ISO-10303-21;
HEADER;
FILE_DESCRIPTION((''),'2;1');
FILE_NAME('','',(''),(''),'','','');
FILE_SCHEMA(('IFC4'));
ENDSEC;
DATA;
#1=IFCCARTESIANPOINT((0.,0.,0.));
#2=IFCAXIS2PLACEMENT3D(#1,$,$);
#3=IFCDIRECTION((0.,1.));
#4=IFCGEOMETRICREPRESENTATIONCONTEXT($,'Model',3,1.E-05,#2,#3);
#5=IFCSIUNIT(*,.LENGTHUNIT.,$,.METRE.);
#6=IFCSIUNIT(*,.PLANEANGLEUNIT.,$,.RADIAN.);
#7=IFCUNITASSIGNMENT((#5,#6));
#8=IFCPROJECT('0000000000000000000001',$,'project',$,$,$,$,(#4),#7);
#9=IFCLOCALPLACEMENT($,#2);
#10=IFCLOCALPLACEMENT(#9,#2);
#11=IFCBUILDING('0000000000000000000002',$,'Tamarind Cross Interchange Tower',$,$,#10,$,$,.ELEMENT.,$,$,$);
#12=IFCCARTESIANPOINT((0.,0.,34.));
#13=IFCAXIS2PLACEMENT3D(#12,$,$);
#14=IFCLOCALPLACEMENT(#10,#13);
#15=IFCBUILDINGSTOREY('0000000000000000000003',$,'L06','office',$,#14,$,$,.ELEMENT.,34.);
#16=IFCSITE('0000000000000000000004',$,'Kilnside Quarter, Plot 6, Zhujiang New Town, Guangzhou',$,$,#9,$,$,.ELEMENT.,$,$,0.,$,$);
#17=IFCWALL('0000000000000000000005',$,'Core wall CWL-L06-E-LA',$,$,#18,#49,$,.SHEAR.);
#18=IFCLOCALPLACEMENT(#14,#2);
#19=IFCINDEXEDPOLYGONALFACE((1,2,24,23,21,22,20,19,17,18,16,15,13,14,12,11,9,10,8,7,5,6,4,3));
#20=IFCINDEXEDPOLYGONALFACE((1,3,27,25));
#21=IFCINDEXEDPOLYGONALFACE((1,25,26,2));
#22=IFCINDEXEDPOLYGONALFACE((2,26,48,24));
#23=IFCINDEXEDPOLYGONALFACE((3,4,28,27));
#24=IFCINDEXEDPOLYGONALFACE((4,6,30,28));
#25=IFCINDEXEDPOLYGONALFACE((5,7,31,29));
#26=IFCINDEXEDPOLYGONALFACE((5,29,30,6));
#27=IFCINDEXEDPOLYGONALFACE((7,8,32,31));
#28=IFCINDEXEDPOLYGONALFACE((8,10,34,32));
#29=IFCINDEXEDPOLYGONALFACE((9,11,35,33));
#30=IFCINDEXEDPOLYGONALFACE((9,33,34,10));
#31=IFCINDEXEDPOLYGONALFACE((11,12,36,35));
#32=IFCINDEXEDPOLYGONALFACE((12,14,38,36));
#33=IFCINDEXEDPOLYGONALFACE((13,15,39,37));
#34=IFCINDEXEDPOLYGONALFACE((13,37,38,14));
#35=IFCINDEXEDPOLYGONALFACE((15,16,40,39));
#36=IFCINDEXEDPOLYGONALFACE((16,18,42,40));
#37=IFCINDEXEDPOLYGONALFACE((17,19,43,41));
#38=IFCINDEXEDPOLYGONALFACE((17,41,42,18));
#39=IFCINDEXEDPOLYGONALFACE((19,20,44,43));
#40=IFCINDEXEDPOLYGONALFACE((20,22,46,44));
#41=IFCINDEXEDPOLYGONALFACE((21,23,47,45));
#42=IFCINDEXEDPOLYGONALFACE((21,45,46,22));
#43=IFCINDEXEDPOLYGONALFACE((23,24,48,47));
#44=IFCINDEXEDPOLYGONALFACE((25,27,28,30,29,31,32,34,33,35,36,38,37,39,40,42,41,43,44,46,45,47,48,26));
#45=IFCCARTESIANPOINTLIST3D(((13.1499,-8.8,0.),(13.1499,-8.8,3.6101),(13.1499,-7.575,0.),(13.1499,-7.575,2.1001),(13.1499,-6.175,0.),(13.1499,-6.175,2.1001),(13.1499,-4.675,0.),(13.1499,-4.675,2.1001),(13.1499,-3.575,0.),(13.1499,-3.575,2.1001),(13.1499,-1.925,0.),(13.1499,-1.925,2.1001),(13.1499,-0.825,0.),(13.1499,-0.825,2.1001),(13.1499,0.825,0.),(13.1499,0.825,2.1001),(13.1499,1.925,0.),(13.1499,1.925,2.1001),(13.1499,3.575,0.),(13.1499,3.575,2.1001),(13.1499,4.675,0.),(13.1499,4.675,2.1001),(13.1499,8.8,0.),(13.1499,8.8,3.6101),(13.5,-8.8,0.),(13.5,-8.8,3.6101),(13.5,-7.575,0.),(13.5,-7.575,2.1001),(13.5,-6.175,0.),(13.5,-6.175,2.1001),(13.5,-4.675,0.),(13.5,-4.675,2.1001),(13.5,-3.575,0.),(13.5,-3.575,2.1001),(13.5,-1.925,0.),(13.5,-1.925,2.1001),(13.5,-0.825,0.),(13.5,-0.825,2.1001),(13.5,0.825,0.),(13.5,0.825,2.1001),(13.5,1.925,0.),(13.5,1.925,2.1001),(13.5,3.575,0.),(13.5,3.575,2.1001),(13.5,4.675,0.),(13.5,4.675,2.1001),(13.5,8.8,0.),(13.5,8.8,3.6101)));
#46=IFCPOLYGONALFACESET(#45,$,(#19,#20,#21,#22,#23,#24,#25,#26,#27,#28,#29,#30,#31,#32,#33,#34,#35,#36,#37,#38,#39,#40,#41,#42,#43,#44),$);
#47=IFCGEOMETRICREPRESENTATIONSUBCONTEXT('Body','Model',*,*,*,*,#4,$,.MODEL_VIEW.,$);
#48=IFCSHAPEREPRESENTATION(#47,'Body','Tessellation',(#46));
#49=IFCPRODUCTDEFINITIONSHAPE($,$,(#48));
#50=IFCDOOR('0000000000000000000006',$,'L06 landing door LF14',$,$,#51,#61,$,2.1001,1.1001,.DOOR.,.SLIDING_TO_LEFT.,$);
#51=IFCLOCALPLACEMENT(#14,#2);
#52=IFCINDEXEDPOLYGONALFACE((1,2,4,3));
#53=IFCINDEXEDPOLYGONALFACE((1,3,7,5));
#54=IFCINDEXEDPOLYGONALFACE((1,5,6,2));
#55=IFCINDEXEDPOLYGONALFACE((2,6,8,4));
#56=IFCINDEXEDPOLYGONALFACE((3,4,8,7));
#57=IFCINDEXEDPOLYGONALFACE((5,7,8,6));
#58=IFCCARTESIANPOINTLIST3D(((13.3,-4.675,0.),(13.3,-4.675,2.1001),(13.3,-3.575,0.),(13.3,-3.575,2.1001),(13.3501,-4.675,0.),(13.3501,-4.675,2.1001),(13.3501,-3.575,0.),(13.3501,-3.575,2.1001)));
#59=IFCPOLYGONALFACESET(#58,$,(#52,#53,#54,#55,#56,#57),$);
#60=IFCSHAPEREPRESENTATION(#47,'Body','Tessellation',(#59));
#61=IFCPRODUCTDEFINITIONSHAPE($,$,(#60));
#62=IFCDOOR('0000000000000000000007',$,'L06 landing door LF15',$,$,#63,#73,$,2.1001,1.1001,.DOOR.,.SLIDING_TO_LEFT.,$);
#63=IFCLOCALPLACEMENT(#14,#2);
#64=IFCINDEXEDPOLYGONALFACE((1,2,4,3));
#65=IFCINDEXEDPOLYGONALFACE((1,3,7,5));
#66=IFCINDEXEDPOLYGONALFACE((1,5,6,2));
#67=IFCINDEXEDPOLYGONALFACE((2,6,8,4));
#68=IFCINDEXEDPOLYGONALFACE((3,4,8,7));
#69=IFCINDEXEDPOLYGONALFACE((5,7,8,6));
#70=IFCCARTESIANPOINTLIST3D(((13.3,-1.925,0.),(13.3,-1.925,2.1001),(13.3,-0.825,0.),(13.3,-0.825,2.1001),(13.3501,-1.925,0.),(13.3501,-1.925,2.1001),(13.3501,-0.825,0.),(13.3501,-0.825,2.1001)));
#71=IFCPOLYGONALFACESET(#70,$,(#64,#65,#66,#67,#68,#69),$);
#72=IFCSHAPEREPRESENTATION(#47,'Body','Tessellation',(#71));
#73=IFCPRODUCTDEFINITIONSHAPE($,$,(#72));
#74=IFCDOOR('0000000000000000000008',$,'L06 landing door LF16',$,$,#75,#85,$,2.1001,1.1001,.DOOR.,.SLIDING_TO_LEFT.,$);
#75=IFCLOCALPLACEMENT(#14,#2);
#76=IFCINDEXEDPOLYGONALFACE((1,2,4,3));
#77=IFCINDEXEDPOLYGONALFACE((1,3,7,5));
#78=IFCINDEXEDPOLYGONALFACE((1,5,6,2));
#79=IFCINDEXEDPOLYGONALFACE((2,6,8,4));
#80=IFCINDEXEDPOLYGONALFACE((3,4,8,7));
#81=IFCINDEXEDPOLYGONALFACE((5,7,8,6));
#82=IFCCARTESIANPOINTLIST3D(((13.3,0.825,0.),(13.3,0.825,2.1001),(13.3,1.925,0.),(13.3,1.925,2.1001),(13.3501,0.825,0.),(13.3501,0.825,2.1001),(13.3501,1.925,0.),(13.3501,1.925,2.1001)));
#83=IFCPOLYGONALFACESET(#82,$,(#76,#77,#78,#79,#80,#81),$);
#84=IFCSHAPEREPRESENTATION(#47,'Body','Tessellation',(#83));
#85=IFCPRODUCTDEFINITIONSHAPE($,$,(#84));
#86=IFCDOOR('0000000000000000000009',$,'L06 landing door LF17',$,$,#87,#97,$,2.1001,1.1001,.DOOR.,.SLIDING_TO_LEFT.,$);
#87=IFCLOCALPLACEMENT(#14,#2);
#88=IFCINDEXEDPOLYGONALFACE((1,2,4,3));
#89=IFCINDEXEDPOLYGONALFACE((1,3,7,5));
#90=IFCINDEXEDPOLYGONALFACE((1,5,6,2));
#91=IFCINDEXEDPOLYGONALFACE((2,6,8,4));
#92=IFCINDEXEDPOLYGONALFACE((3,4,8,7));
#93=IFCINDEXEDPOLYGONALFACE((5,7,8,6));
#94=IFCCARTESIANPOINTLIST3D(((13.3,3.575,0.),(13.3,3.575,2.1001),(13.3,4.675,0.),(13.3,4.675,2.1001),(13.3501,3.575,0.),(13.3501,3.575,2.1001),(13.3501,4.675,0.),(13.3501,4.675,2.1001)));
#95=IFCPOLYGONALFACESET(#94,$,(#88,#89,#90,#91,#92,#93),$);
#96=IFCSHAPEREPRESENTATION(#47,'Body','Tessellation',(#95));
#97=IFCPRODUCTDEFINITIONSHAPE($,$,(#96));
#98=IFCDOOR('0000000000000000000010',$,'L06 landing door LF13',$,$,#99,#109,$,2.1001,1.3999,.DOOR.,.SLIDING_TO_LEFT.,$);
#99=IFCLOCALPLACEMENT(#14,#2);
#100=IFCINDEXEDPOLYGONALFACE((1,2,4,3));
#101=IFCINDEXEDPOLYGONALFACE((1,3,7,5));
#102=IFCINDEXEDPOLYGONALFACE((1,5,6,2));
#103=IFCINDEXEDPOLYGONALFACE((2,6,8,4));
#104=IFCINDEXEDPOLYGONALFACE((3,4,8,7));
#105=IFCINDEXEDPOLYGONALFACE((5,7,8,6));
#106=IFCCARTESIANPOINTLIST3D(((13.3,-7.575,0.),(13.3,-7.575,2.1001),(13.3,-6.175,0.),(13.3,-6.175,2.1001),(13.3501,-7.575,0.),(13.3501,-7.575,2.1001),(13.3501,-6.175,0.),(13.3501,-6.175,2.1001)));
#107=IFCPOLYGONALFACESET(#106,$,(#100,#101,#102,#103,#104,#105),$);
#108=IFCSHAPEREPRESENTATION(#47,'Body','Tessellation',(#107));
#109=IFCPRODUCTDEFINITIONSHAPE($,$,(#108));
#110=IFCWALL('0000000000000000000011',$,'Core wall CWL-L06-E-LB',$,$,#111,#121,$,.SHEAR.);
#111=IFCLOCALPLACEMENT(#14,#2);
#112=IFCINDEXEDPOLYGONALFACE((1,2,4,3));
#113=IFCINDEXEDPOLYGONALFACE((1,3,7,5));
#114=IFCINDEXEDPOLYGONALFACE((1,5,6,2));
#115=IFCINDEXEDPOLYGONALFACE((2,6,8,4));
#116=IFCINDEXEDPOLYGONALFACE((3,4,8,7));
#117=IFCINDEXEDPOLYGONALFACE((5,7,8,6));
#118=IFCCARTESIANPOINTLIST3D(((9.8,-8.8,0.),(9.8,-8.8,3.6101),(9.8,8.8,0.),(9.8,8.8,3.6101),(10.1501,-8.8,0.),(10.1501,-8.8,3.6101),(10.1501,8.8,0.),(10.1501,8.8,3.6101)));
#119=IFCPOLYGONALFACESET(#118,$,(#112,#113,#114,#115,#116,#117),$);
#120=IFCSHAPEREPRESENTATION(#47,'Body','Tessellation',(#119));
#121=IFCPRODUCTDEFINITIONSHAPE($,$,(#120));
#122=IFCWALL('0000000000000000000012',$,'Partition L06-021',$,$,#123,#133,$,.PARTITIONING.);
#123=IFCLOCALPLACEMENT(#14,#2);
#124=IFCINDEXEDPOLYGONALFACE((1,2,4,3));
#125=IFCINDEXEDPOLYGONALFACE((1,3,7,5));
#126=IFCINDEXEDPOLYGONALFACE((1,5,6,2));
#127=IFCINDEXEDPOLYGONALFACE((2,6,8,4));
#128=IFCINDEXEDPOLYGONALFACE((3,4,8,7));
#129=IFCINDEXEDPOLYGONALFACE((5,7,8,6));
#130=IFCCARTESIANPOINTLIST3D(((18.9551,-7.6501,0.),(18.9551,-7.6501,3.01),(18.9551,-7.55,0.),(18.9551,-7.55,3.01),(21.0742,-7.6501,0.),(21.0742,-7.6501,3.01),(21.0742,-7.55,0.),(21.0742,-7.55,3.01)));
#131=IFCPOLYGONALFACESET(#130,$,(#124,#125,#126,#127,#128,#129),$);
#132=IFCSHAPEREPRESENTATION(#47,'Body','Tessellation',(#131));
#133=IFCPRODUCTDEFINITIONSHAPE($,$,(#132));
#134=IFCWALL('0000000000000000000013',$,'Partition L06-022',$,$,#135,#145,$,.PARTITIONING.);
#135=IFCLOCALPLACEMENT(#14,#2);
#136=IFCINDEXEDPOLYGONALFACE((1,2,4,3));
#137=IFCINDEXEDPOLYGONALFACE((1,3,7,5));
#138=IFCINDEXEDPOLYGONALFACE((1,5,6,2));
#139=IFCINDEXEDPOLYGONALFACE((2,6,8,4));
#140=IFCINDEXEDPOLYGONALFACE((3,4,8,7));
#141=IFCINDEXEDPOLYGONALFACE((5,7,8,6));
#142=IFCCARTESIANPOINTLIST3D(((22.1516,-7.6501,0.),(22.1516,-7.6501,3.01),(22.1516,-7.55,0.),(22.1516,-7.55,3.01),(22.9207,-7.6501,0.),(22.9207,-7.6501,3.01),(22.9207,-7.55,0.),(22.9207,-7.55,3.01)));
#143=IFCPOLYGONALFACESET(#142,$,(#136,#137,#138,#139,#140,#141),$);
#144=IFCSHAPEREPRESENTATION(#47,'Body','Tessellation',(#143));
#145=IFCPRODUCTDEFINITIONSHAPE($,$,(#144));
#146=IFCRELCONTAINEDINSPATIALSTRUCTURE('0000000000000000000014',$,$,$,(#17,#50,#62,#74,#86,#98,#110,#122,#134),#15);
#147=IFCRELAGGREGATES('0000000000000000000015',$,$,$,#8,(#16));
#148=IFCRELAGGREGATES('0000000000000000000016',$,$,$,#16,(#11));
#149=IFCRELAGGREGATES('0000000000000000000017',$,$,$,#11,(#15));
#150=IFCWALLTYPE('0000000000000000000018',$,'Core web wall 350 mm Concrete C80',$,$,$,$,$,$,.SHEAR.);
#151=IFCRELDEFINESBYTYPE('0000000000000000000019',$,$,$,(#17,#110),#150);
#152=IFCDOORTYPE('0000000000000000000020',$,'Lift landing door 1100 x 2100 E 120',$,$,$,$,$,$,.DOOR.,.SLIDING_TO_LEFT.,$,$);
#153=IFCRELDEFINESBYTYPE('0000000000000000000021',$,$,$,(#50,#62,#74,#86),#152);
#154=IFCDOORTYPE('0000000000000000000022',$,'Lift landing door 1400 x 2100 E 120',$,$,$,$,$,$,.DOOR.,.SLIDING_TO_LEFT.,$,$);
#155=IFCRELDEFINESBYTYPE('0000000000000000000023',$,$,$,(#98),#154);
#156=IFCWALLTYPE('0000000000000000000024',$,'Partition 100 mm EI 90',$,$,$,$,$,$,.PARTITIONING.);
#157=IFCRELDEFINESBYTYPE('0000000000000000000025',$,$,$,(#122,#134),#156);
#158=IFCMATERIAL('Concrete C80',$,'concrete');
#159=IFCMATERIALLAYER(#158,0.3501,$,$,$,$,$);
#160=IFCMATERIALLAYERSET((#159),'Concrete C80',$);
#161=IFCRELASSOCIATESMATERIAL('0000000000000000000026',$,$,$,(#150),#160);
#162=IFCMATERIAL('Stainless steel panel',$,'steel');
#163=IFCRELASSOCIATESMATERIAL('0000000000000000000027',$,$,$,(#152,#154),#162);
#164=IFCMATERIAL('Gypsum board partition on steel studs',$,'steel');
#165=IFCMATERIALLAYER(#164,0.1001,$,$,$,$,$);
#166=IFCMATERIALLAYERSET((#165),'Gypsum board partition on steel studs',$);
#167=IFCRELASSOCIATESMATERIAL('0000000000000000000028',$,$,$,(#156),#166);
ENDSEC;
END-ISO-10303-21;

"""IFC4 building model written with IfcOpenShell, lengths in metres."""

from ifc_helpers import new_model, si_unit, direction, frame, frame_2d, origin, place, context, subcontext, project, spatial, rectangle, extrude, material, layer, layer_set, type_object, element, fill, save


model = new_model("IFC4")

# Units and contexts
model_context = context("Model", 3, precision=1e-05, world=origin(), true_north=direction((0.0, 1.0)))
body_context = subcontext(model_context, "Body", "Model", "MODEL_VIEW")
ifc_project = project(units=[si_unit("LENGTHUNIT", "METRE"), si_unit("PLANEANGLEUNIT", "RADIAN")], contexts=[model_context])

# Site, building, storey
site_placement = place(None, origin())
site = spatial("IfcSite", under=ifc_project, at=site_placement, Name="Kilnside Quarter, Plot 6, Zhujiang New Town, Guangzhou", CompositionType="ELEMENT", RefElevation=0.0)
building_placement = place(site_placement, origin())
building = spatial("IfcBuilding", under=site, at=building_placement, Name="Tamarind Cross Interchange Tower", CompositionType="ELEMENT")
storey_placement = place(building_placement, frame((0.0, 0.0, 34.0)))
storey = spatial("IfcBuildingStorey", under=building, at=storey_placement, Name="L06", Description="office", CompositionType="ELEMENT", Elevation=34.0)

# Wall, openings, doors
ifc_material_1 = material(Name="Concrete C80", Category="concrete")
ifc_layer_1 = layer(ifc_material_1, 0.3501)
ifc_layer_set_1 = layer_set([ifc_layer_1], Name="Concrete C80")
wall_type_1 = type_object("IfcWallType", Name="Core web wall 350 mm Concrete C80", PredefinedType="SHEAR", material=ifc_layer_set_1)
wall_1_placement = place(storey_placement, frame((13.325, -8.8, 0.0), z_axis=(0.0, 0.0, 1.0), x_axis=(0.0, 1.0, 0.0)))
wall_1 = element("IfcWall", 1, at=wall_1_placement, inside=storey, type_object=wall_type_1, Name="Core wall CWL-L06-E-LA", PredefinedType="SHEAR", context=body_context, shape_type="SweptSolid", body=[
    extrude(rectangle(XDim=17.6001, YDim=0.3501, at=frame_2d((8.8, 0.0))), origin(), (0.0, 0.0, 1.0), 3.6101),
])
opening_1_placement = place(wall_1_placement, frame((1.2251, 0.0, 0.0)))
opening_1 = element("IfcOpeningElement", 2, at=opening_1_placement, cuts=wall_1, PredefinedType="OPENING", context=body_context, shape_type="SweptSolid", body=[
    extrude(rectangle(XDim=1.3999, YDim=2.1001, at=frame_2d((0.7, 1.05))), frame((0.0, 0.1851, 0.0), z_axis=(0.0, -1.0, 0.0), x_axis=(1.0, 0.0, 0.0)), (0.0, 0.0, 1.0), 0.3701),
])
opening_2_placement = place(wall_1_placement, frame((4.125, 0.0, 0.0)))
opening_2 = element("IfcOpeningElement", 3, at=opening_2_placement, cuts=wall_1, PredefinedType="OPENING", context=body_context, shape_type="SweptSolid", body=[
    extrude(rectangle(XDim=1.1001, YDim=2.1001, at=frame_2d((0.55, 1.05))), frame((0.0, 0.1851, 0.0), z_axis=(0.0, -1.0, 0.0), x_axis=(1.0, 0.0, 0.0)), (0.0, 0.0, 1.0), 0.3701),
])
opening_3_placement = place(wall_1_placement, frame((6.875, 0.0, 0.0)))
opening_3 = element("IfcOpeningElement", 4, at=opening_3_placement, cuts=wall_1, PredefinedType="OPENING", context=body_context, shape_type="SweptSolid", body=[
    extrude(rectangle(XDim=1.1001, YDim=2.1001, at=frame_2d((0.55, 1.05))), frame((0.0, 0.1851, 0.0), z_axis=(0.0, -1.0, 0.0), x_axis=(1.0, 0.0, 0.0)), (0.0, 0.0, 1.0), 0.3701),
])
opening_4_placement = place(wall_1_placement, frame((9.625, 0.0, 0.0)))
opening_4 = element("IfcOpeningElement", 5, at=opening_4_placement, cuts=wall_1, PredefinedType="OPENING", context=body_context, shape_type="SweptSolid", body=[
    extrude(rectangle(XDim=1.1001, YDim=2.1001, at=frame_2d((0.55, 1.05))), frame((0.0, 0.1851, 0.0), z_axis=(0.0, -1.0, 0.0), x_axis=(1.0, 0.0, 0.0)), (0.0, 0.0, 1.0), 0.3701),
])
opening_5_placement = place(wall_1_placement, frame((12.375, 0.0, 0.0)))
opening_5 = element("IfcOpeningElement", 6, at=opening_5_placement, cuts=wall_1, PredefinedType="OPENING", context=body_context, shape_type="SweptSolid", body=[
    extrude(rectangle(XDim=1.1001, YDim=2.1001, at=frame_2d((0.55, 1.05))), frame((0.0, 0.1851, 0.0), z_axis=(0.0, -1.0, 0.0), x_axis=(1.0, 0.0, 0.0)), (0.0, 0.0, 1.0), 0.3701),
])
ifc_material_2 = material(Name="Stainless steel panel", Category="steel")
door_type_1 = type_object("IfcDoorType", Name="Lift landing door 1100 x 2100 E 120", OperationType="SLIDING_TO_LEFT", PredefinedType="DOOR", material=ifc_material_2)
door_1_placement = place(opening_2_placement, origin())
door_1 = element("IfcDoor", 7, at=door_1_placement, inside=storey, type_object=door_type_1, Name="L06 landing door LF14", OperationType="SLIDING_TO_LEFT", OverallHeight=2.1001, OverallWidth=1.1001, PredefinedType="DOOR", context=body_context, shape_type="SweptSolid", body=[
    extrude(rectangle(XDim=1.1001, YDim=2.1001, at=frame_2d((0.55, 1.05))), frame((0.0, 0.0249, 0.0), z_axis=(0.0, -1.0, 0.0), x_axis=(1.0, 0.0, 0.0)), (0.0, 0.0, 1.0), 0.05),
])
fill(opening_2, door_1)
door_2_placement = place(opening_3_placement, origin())
door_2 = element("IfcDoor", 8, at=door_2_placement, inside=storey, type_object=door_type_1, Name="L06 landing door LF15", OperationType="SLIDING_TO_LEFT", OverallHeight=2.1001, OverallWidth=1.1001, PredefinedType="DOOR", context=body_context, shape_type="SweptSolid", body=[
    extrude(rectangle(XDim=1.1001, YDim=2.1001, at=frame_2d((0.55, 1.05))), frame((0.0, 0.0249, 0.0), z_axis=(0.0, -1.0, 0.0), x_axis=(1.0, 0.0, 0.0)), (0.0, 0.0, 1.0), 0.05),
])
fill(opening_3, door_2)
door_3_placement = place(opening_4_placement, origin())
door_3 = element("IfcDoor", 9, at=door_3_placement, inside=storey, type_object=door_type_1, Name="L06 landing door LF16", OperationType="SLIDING_TO_LEFT", OverallHeight=2.1001, OverallWidth=1.1001, PredefinedType="DOOR", context=body_context, shape_type="SweptSolid", body=[
    extrude(rectangle(XDim=1.1001, YDim=2.1001, at=frame_2d((0.55, 1.05))), frame((0.0, 0.0249, 0.0), z_axis=(0.0, -1.0, 0.0), x_axis=(1.0, 0.0, 0.0)), (0.0, 0.0, 1.0), 0.05),
])
fill(opening_4, door_3)
door_4_placement = place(opening_5_placement, origin())
door_4 = element("IfcDoor", 10, at=door_4_placement, inside=storey, type_object=door_type_1, Name="L06 landing door LF17", OperationType="SLIDING_TO_LEFT", OverallHeight=2.1001, OverallWidth=1.1001, PredefinedType="DOOR", context=body_context, shape_type="SweptSolid", body=[
    extrude(rectangle(XDim=1.1001, YDim=2.1001, at=frame_2d((0.55, 1.05))), frame((0.0, 0.0249, 0.0), z_axis=(0.0, -1.0, 0.0), x_axis=(1.0, 0.0, 0.0)), (0.0, 0.0, 1.0), 0.05),
])
fill(opening_5, door_4)
door_type_2 = type_object("IfcDoorType", Name="Lift landing door 1400 x 2100 E 120", OperationType="SLIDING_TO_LEFT", PredefinedType="DOOR", material=ifc_material_2)
door_5_placement = place(opening_1_placement, origin())
door_5 = element("IfcDoor", 11, at=door_5_placement, inside=storey, type_object=door_type_2, Name="L06 landing door LF13", OperationType="SLIDING_TO_LEFT", OverallHeight=2.1001, OverallWidth=1.3999, PredefinedType="DOOR", context=body_context, shape_type="SweptSolid", body=[
    extrude(rectangle(XDim=1.3999, YDim=2.1001, at=frame_2d((0.7, 1.05))), frame((0.0, 0.0249, 0.0), z_axis=(0.0, -1.0, 0.0), x_axis=(1.0, 0.0, 0.0)), (0.0, 0.0, 1.0), 0.05),
])
fill(opening_1, door_5)

# Walls
wall_2_placement = place(storey_placement, frame((9.9751, -8.8, 0.0), z_axis=(0.0, 0.0, 1.0), x_axis=(0.0, 1.0, 0.0)))
element("IfcWall", 12, at=wall_2_placement, inside=storey, type_object=wall_type_1, Name="Core wall CWL-L06-E-LB", PredefinedType="SHEAR", context=body_context, shape_type="SweptSolid", body=[
    extrude(rectangle(XDim=17.6001, YDim=0.3501, at=frame_2d((8.8, 0.0))), origin(), (0.0, 0.0, 1.0), 3.6101),
])
ifc_material_3 = material(Name="Gypsum board partition on steel studs", Category="steel")
ifc_layer_2 = layer(ifc_material_3, 0.1001)
ifc_layer_set_2 = layer_set([ifc_layer_2], Name="Gypsum board partition on steel studs")
wall_type_2 = type_object("IfcWallType", Name="Partition 100 mm EI 90", PredefinedType="PARTITIONING", material=ifc_layer_set_2)
wall_3_placement = place(storey_placement, frame((18.9551, -7.6001, 0.0), z_axis=(0.0, 0.0, 1.0), x_axis=(1.0, 0.0, 0.0)))
element("IfcWall", 13, at=wall_3_placement, inside=storey, type_object=wall_type_2, Name="Partition L06-021", PredefinedType="PARTITIONING", context=body_context, shape_type="SweptSolid", body=[
    extrude(rectangle(XDim=2.1191, YDim=0.1001, at=frame_2d((1.0596, 0.0))), origin(), (0.0, 0.0, 1.0), 3.01),
])
wall_4_placement = place(storey_placement, frame((22.1516, -7.6001, 0.0), z_axis=(0.0, 0.0, 1.0), x_axis=(1.0, 0.0, 0.0)))
element("IfcWall", 14, at=wall_4_placement, inside=storey, type_object=wall_type_2, Name="Partition L06-022", PredefinedType="PARTITIONING", context=body_context, shape_type="SweptSolid", body=[
    extrude(rectangle(XDim=0.769, YDim=0.1001, at=frame_2d((0.3845, 0.0))), origin(), (0.0, 0.0, 1.0), 3.01),
])

save(model, "model.ifc")
